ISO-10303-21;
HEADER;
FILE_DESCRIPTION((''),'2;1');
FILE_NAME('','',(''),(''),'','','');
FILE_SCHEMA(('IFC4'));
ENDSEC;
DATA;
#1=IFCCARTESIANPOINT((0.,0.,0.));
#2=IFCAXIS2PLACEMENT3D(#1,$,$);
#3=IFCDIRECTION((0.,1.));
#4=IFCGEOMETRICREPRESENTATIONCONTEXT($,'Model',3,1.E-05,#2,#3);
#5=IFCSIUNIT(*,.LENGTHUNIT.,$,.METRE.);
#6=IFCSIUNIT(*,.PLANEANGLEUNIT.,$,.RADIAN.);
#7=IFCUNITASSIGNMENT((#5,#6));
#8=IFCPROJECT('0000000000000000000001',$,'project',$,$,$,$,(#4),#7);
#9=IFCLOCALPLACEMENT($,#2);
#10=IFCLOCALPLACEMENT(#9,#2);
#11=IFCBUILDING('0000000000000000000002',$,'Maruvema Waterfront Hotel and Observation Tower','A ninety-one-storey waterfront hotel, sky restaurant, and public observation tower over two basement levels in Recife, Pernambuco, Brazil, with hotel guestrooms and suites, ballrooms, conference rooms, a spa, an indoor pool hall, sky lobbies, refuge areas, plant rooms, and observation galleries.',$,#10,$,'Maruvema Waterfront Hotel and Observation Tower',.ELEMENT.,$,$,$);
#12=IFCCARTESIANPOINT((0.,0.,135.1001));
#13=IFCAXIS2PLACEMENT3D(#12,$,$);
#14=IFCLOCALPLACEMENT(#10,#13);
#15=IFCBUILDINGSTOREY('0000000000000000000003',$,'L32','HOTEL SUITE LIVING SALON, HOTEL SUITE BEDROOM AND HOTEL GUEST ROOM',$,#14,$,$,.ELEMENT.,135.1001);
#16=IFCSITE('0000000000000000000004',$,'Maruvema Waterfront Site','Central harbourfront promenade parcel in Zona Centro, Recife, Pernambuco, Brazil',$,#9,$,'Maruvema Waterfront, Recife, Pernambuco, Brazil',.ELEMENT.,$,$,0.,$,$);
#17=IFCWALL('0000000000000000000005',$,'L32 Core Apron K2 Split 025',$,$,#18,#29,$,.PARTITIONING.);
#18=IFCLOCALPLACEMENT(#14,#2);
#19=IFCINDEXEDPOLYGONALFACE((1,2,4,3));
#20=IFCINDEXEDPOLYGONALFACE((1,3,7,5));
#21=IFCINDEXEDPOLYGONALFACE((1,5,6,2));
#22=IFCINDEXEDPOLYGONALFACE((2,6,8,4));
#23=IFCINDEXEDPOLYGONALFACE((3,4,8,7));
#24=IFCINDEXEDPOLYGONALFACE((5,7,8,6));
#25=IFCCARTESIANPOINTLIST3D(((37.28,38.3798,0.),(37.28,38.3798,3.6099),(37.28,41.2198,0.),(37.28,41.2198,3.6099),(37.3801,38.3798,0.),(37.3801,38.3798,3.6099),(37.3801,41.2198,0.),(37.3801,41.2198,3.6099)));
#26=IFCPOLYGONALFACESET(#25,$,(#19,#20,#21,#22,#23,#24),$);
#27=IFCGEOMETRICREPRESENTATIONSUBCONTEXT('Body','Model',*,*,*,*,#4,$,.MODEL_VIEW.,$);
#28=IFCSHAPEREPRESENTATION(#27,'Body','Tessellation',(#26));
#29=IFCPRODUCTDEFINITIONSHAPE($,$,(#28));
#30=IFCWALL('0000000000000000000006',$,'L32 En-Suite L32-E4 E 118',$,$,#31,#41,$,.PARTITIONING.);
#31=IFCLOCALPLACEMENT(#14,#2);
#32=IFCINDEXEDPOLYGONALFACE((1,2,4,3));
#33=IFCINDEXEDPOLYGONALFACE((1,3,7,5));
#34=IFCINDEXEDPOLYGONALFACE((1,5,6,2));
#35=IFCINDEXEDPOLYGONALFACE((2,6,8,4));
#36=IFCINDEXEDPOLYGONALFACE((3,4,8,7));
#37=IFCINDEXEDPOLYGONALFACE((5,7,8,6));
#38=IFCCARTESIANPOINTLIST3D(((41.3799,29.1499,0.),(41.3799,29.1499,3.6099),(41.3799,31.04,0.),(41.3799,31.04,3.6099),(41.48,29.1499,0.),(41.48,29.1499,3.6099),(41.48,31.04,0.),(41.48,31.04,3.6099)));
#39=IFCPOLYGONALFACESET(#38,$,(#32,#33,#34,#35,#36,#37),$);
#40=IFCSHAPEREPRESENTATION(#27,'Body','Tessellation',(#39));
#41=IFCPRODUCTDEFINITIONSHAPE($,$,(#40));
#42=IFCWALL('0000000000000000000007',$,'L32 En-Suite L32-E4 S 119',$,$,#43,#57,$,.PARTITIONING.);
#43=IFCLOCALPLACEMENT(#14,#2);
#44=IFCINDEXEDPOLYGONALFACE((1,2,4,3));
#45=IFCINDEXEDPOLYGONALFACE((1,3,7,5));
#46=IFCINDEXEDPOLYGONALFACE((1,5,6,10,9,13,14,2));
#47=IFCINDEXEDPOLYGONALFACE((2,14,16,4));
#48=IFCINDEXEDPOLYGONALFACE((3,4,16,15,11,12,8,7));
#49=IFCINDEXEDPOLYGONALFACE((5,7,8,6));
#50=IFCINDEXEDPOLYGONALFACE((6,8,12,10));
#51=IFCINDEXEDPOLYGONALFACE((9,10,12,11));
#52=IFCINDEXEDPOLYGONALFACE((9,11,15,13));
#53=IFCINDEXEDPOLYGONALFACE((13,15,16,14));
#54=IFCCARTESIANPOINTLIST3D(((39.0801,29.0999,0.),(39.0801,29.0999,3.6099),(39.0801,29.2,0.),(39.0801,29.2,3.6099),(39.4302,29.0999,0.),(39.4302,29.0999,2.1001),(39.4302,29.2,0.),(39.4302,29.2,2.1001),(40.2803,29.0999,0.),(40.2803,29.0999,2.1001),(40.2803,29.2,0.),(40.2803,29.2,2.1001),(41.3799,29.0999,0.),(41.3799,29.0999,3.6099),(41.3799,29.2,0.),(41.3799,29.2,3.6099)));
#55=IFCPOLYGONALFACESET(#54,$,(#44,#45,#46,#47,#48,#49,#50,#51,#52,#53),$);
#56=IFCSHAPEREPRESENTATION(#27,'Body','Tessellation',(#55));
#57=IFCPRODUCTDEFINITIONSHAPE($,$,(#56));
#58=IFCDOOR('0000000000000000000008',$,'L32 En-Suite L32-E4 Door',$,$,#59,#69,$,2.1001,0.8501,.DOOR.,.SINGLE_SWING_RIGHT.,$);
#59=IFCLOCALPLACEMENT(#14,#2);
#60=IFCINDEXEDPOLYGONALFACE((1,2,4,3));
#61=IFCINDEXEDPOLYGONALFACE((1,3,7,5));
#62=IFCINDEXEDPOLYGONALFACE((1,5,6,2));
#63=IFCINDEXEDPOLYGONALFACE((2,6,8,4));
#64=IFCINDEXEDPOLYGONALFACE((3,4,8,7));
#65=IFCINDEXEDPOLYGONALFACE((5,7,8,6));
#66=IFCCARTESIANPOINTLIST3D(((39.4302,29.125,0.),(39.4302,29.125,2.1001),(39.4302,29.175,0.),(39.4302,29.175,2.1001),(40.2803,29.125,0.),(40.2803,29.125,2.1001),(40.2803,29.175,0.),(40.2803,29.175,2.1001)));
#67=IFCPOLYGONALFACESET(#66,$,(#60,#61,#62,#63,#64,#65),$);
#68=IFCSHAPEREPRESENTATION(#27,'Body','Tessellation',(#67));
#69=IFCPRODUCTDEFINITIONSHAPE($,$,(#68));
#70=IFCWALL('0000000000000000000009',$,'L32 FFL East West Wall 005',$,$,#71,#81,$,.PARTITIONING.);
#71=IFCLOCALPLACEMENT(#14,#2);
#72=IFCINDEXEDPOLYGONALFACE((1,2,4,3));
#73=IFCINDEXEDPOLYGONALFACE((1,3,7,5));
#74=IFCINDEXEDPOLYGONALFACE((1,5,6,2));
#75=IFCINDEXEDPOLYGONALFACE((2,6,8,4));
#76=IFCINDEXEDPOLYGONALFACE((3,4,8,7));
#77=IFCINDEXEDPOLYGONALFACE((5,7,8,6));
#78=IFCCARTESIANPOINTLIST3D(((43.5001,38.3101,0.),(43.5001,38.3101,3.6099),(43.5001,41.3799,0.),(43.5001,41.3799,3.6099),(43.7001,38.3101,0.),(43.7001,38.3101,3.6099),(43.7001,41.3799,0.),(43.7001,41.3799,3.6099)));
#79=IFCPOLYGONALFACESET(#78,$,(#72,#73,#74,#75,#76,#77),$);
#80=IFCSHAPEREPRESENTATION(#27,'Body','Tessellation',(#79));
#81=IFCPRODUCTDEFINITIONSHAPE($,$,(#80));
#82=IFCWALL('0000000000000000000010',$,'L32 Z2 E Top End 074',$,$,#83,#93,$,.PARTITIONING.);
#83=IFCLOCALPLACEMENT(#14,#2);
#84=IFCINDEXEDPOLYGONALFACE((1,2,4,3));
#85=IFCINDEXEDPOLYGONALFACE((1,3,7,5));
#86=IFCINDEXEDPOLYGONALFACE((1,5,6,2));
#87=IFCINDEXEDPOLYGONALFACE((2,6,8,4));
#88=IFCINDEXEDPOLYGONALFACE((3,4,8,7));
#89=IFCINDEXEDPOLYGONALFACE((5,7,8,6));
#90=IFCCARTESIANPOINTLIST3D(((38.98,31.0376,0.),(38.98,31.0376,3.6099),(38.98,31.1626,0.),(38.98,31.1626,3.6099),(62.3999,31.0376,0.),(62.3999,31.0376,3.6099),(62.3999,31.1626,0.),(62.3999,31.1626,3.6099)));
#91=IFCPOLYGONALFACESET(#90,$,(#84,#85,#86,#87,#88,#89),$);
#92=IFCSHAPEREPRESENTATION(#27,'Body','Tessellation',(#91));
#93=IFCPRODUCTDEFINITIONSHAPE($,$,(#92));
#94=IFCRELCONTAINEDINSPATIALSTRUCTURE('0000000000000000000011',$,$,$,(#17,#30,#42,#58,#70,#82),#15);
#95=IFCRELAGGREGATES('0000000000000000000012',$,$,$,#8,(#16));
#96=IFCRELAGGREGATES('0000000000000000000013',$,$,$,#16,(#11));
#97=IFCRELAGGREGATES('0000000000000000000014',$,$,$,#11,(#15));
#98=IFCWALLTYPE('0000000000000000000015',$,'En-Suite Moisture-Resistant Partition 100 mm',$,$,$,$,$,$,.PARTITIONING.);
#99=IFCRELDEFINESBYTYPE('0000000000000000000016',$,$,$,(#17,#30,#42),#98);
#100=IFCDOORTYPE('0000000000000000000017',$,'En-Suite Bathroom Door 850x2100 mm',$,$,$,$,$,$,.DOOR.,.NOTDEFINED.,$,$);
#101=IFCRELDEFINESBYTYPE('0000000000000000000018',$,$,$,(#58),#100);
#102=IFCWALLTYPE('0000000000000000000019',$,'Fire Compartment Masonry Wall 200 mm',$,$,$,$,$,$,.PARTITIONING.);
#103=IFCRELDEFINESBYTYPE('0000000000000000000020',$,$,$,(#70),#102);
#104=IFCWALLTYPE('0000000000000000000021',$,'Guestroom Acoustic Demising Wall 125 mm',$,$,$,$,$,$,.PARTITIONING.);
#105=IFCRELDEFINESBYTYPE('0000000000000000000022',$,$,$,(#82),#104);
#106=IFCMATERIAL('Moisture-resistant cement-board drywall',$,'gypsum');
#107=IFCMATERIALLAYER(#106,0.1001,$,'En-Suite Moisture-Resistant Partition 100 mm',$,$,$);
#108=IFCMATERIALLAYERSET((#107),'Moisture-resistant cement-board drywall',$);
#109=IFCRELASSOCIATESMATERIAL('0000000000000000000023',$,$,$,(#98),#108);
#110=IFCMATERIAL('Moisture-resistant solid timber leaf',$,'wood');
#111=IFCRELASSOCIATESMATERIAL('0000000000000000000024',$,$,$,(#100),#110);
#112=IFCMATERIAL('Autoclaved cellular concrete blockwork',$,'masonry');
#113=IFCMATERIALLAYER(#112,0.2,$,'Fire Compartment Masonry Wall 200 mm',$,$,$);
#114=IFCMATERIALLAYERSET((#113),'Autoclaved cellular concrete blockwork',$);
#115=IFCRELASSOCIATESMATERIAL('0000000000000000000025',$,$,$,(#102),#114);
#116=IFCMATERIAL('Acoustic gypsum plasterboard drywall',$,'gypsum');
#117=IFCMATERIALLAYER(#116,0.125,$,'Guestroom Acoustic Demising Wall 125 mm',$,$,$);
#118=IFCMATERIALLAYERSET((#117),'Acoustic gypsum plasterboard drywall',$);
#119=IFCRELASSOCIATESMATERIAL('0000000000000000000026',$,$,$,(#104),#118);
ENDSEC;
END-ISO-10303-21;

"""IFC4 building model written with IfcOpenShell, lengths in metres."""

from ifc_helpers import new_model, si_unit, direction, frame, frame_2d, origin, place, context, subcontext, project, spatial, rectangle, extrude, material, layer, layer_set, type_object, element, fill, save


model = new_model("IFC4")

# Units and contexts
model_context = context("Model", 3, precision=1e-05, world=origin(), true_north=direction((0.0, 1.0)))
body_context = subcontext(model_context, "Body", "Model", "MODEL_VIEW")
ifc_project = project(units=[si_unit("LENGTHUNIT", "METRE"), si_unit("PLANEANGLEUNIT", "RADIAN")], contexts=[model_context])

# Site, building, storey
site_placement = place(None, origin())
site = spatial("IfcSite", under=ifc_project, at=site_placement, Name="Maruvema Waterfront Site", Description="Central harbourfront promenade parcel in Zona Centro, Recife, Pernambuco, Brazil", LongName="Maruvema Waterfront, Recife, Pernambuco, Brazil", CompositionType="ELEMENT", RefElevation=0.0)
building_placement = place(site_placement, origin())
building = spatial("IfcBuilding", under=site, at=building_placement, Name="Maruvema Waterfront Hotel and Observation Tower", Description="A ninety-one-storey waterfront hotel, sky restaurant, and public observation tower over two basement levels in Recife, Pernambuco, Brazil, with hotel guestrooms and suites, ballrooms, conference rooms, a spa, an indoor pool hall, sky lobbies, refuge areas, plant rooms, and observation galleries.", LongName="Maruvema Waterfront Hotel and Observation Tower", CompositionType="ELEMENT")
storey_placement = place(building_placement, frame((0.0, 0.0, 135.1001)))
storey = spatial("IfcBuildingStorey", under=building, at=storey_placement, Name="L32", Description="HOTEL SUITE LIVING SALON, HOTEL SUITE BEDROOM AND HOTEL GUEST ROOM", CompositionType="ELEMENT", Elevation=135.1001)

# Walls
ifc_material_1 = material(Name="Moisture-resistant cement-board drywall", Category="gypsum")
ifc_layer_1 = layer(ifc_material_1, 0.1001, Name="En-Suite Moisture-Resistant Partition 100 mm")
ifc_layer_set_1 = layer_set([ifc_layer_1], Name="Moisture-resistant cement-board drywall")
wall_type_1 = type_object("IfcWallType", Name="En-Suite Moisture-Resistant Partition 100 mm", PredefinedType="PARTITIONING", material=ifc_layer_set_1)
wall_1_placement = place(storey_placement, frame((37.3301, 38.3799, 0.0), z_axis=(0.0, 0.0, 1.0), x_axis=(0.0, 1.0, 0.0)))
element("IfcWall", 1, at=wall_1_placement, inside=storey, type_object=wall_type_1, Name="L32 Core Apron K2 Split 025", PredefinedType="PARTITIONING", context=body_context, shape_type="SweptSolid", body=[
    extrude(rectangle(XDim=2.8401, YDim=0.1001, at=frame_2d((1.4199, 0.0))), origin(), (0.0, 0.0, 1.0), 3.6099),
])
wall_2_placement = place(storey_placement, frame((41.4299, 29.1499, 0.0), z_axis=(0.0, 0.0, 1.0), x_axis=(0.0, 1.0, 0.0)))
element("IfcWall", 2, at=wall_2_placement, inside=storey, type_object=wall_type_1, Name="L32 En-Suite L32-E4 E 118", PredefinedType="PARTITIONING", context=body_context, shape_type="SweptSolid", body=[
    extrude(rectangle(XDim=1.8901, YDim=0.1001, at=frame_2d((0.9451, 0.0))), origin(), (0.0, 0.0, 1.0), 3.6099),
])

# Wall, opening, door
wall_3_placement = place(storey_placement, frame((39.0801, 29.1499, 0.0), z_axis=(0.0, 0.0, 1.0), x_axis=(1.0, 0.0, 0.0)))
wall_3 = element("IfcWall", 3, at=wall_3_placement, inside=storey, type_object=wall_type_1, Name="L32 En-Suite L32-E4 S 119", PredefinedType="PARTITIONING", context=body_context, shape_type="SweptSolid", body=[
    extrude(rectangle(XDim=2.2998, YDim=0.1001, at=frame_2d((1.1499, 0.0))), origin(), (0.0, 0.0, 1.0), 3.6099),
])
opening_1_placement = place(wall_3_placement, frame((0.3501, 0.0, 0.0)))
opening_1 = element("IfcOpeningElement", 4, at=opening_1_placement, cuts=wall_3, PredefinedType="OPENING", context=body_context, shape_type="SweptSolid", body=[
    extrude(rectangle(XDim=0.8501, YDim=2.1001, at=frame_2d((0.425, 1.05))), frame((0.0, 0.0601, 0.0), z_axis=(0.0, -1.0, 0.0), x_axis=(1.0, 0.0, 0.0)), (0.0, 0.0, 1.0), 0.1201),
])
ifc_material_2 = material(Name="Moisture-resistant solid timber leaf", Category="wood")
door_type_1 = type_object("IfcDoorType", Name="En-Suite Bathroom Door 850x2100 mm", OperationType="NOTDEFINED", PredefinedType="DOOR", material=ifc_material_2)
door_1_placement = place(opening_1_placement, frame((0.8501, 0.0, 0.0), z_axis=(0.0, 0.0, 1.0), x_axis=(-1.0, 0.0, 0.0)))
door_1 = element("IfcDoor", 5, at=door_1_placement, inside=storey, type_object=door_type_1, Name="L32 En-Suite L32-E4 Door", OperationType="SINGLE_SWING_RIGHT", OverallHeight=2.1001, OverallWidth=0.8501, PredefinedType="DOOR", context=body_context, shape_type="SweptSolid", body=[
    extrude(rectangle(XDim=0.8501, YDim=2.1001, at=frame_2d((0.425, 1.05))), frame((0.0, 0.0249, 0.0), z_axis=(0.0, -1.0, 0.0), x_axis=(1.0, 0.0, 0.0)), (0.0, 0.0, 1.0), 0.05),
])
fill(opening_1, door_1)
ifc_material_3 = material(Name="Autoclaved cellular concrete blockwork", Category="masonry")
ifc_layer_2 = layer(ifc_material_3, 0.2, Name="Fire Compartment Masonry Wall 200 mm")
ifc_layer_set_2 = layer_set([ifc_layer_2], Name="Autoclaved cellular concrete blockwork")
wall_type_2 = type_object("IfcWallType", Name="Fire Compartment Masonry Wall 200 mm", PredefinedType="PARTITIONING", material=ifc_layer_set_2)

# Walls
wall_4_placement = place(storey_placement, frame((43.6001, 38.3101, 0.0), z_axis=(0.0, 0.0, 1.0), x_axis=(0.0, 1.0, 0.0)))
element("IfcWall", 6, at=wall_4_placement, inside=storey, type_object=wall_type_2, Name="L32 FFL East West Wall 005", PredefinedType="PARTITIONING", context=body_context, shape_type="SweptSolid", body=[
    extrude(rectangle(XDim=3.0698, YDim=0.2, at=frame_2d((1.5349, 0.0))), origin(), (0.0, 0.0, 1.0), 3.6099),
])
ifc_material_4 = material(Name="Acoustic gypsum plasterboard drywall", Category="gypsum")
ifc_layer_3 = layer(ifc_material_4, 0.125, Name="Guestroom Acoustic Demising Wall 125 mm")
ifc_layer_set_3 = layer_set([ifc_layer_3], Name="Acoustic gypsum plasterboard drywall")
wall_type_3 = type_object("IfcWallType", Name="Guestroom Acoustic Demising Wall 125 mm", PredefinedType="PARTITIONING", material=ifc_layer_set_3)
wall_5_placement = place(storey_placement, frame((38.98, 31.1001, 0.0), z_axis=(0.0, 0.0, 1.0), x_axis=(1.0, 0.0, 0.0)))
element("IfcWall", 7, at=wall_5_placement, inside=storey, type_object=wall_type_3, Name="L32 Z2 E Top End 074", PredefinedType="PARTITIONING", context=body_context, shape_type="SweptSolid", body=[
    extrude(rectangle(XDim=23.4199, YDim=0.125, at=frame_2d((11.71, 0.0))), origin(), (0.0, 0.0, 1.0), 3.6099),
])

save(model, "model.ifc")
